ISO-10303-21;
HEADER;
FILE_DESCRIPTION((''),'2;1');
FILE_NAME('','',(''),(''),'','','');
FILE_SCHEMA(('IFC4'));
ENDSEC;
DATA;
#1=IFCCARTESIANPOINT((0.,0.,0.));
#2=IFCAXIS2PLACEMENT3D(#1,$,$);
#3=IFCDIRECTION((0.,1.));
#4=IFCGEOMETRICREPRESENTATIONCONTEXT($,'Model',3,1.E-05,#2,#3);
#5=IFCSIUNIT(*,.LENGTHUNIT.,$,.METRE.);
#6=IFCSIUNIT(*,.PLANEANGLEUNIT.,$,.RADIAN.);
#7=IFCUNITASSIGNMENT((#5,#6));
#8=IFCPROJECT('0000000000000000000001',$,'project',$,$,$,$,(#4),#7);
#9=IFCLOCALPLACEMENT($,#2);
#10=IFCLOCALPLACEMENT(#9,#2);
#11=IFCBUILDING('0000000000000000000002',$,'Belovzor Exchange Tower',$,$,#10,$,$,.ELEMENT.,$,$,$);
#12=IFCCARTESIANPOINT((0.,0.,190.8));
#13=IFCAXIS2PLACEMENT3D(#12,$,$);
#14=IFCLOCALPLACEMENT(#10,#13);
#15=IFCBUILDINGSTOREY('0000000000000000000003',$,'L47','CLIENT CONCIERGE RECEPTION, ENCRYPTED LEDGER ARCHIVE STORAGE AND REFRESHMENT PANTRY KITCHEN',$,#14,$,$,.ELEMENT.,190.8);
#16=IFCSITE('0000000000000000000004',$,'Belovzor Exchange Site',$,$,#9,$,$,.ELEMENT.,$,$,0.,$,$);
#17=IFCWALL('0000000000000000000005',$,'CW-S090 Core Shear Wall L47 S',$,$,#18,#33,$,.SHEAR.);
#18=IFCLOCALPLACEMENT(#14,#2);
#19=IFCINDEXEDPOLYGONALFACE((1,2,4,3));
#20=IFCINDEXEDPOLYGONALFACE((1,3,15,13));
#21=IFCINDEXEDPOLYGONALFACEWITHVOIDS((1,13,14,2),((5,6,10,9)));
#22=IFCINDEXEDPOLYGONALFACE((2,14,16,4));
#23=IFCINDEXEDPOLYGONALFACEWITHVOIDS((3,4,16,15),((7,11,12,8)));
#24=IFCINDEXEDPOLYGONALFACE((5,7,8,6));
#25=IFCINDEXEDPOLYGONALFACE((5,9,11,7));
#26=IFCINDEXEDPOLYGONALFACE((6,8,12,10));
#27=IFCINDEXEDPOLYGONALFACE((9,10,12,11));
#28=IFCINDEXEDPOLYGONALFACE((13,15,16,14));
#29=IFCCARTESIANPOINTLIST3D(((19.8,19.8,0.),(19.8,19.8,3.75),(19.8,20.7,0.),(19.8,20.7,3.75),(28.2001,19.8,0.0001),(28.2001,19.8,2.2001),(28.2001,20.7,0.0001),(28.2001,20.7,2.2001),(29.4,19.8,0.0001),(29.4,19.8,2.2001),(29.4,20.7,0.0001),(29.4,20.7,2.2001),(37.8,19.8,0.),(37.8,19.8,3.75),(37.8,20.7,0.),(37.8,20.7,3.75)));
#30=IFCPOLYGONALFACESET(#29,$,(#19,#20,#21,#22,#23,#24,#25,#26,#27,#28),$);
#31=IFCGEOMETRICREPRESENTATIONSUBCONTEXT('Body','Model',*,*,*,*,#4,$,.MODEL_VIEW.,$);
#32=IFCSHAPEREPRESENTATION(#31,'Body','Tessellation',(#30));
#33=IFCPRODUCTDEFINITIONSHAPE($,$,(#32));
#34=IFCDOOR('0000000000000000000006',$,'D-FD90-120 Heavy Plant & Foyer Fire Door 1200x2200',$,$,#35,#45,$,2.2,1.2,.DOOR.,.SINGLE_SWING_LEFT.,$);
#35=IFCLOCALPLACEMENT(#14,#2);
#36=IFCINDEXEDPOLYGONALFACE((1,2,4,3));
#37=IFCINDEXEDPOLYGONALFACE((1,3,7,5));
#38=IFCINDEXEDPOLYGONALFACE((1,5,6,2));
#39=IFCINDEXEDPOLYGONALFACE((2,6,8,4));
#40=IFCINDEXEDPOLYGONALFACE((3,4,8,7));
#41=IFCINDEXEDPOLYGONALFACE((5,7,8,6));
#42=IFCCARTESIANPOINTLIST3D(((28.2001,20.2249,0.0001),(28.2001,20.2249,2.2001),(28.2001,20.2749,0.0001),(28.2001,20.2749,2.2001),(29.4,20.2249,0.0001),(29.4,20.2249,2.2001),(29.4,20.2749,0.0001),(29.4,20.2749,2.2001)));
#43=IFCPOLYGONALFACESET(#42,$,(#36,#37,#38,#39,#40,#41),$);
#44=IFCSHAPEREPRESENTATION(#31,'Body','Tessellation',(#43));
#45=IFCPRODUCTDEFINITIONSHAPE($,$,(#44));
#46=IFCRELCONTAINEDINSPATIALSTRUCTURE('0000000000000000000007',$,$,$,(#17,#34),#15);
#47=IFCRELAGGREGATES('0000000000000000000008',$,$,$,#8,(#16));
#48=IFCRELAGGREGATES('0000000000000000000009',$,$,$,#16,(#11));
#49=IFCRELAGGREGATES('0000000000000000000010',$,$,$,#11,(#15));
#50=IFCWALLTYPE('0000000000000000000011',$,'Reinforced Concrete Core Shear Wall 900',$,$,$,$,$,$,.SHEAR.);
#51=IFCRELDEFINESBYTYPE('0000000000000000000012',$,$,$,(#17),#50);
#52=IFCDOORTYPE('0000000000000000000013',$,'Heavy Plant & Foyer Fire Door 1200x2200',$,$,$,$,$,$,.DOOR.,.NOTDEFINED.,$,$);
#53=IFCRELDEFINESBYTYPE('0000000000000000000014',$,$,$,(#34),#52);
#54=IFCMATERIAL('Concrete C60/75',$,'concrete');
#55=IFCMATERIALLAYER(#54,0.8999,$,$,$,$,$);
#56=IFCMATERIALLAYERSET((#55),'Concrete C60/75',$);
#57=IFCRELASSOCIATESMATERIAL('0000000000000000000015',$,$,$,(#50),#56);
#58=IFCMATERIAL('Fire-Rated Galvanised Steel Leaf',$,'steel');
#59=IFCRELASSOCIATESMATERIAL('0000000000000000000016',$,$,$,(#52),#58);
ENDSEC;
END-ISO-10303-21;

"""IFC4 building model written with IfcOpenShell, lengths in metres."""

from ifc_helpers import new_model, si_unit, direction, frame, frame_2d, origin, place, context, subcontext, project, spatial, rectangle, extrude, material, layer, layer_set, type_object, element, fill, save


model = new_model("IFC4")

# Units and contexts
model_context = context("Model", 3, precision=1e-05, world=origin(), true_north=direction((0.0, 1.0)))
body_context = subcontext(model_context, "Body", "Model", "MODEL_VIEW")
ifc_project = project(units=[si_unit("LENGTHUNIT", "METRE"), si_unit("PLANEANGLEUNIT", "RADIAN")], contexts=[model_context])

# Site, building, storey
site_placement = place(None, origin())
site = spatial("IfcSite", under=ifc_project, at=site_placement, Name="Belovzor Exchange Site", CompositionType="ELEMENT", RefElevation=0.0)
building_placement = place(site_placement, origin())
building = spatial("IfcBuilding", under=site, at=building_placement, Name="Belovzor Exchange Tower", CompositionType="ELEMENT")
storey_placement = place(building_placement, frame((0.0, 0.0, 190.8)))
storey = spatial("IfcBuildingStorey", under=building, at=storey_placement, Name="L47", Description="CLIENT CONCIERGE RECEPTION, ENCRYPTED LEDGER ARCHIVE STORAGE AND REFRESHMENT PANTRY KITCHEN", CompositionType="ELEMENT", Elevation=190.8)

# Wall, opening, door
ifc_material_1 = material(Name="Concrete C60/75", Category="concrete")
ifc_layer_1 = layer(ifc_material_1, 0.8999)
ifc_layer_set_1 = layer_set([ifc_layer_1], Name="Concrete C60/75")
wall_type_1 = type_object("IfcWallType", Name="Reinforced Concrete Core Shear Wall 900", PredefinedType="SHEAR", material=ifc_layer_set_1)
wall_1_placement = place(storey_placement, frame((19.8, 20.25, 0.0), z_axis=(0.0, 0.0, 1.0), x_axis=(1.0, 0.0, 0.0)))
wall_1 = element("IfcWall", 1, at=wall_1_placement, inside=storey, type_object=wall_type_1, Name="CW-S090 Core Shear Wall L47 S", PredefinedType="SHEAR", context=body_context, shape_type="SweptSolid", body=[
    extrude(rectangle(XDim=18.0, YDim=0.8999, at=frame_2d((9.0, 0.0))), origin(), (0.0, 0.0, 1.0), 3.75),
])
opening_1_placement = place(wall_1_placement, frame((8.3999, 0.0, 0.0)))
opening_1 = element("IfcOpeningElement", 2, at=opening_1_placement, cuts=wall_1, PredefinedType="OPENING", context=body_context, shape_type="SweptSolid", body=[
    extrude(rectangle(XDim=1.2, YDim=2.2, at=frame_2d((0.6001, 1.1001))), frame((0.0, 0.46, 0.0), z_axis=(0.0, -1.0, 0.0), x_axis=(1.0, 0.0, 0.0)), (0.0, 0.0, 1.0), 0.9199),
])
ifc_material_2 = material(Name="Fire-Rated Galvanised Steel Leaf", Category="steel")
door_type_1 = type_object("IfcDoorType", Name="Heavy Plant & Foyer Fire Door 1200x2200", OperationType="NOTDEFINED", PredefinedType="DOOR", material=ifc_material_2)
door_1_placement = place(opening_1_placement, origin())
door_1 = element("IfcDoor", 3, at=door_1_placement, inside=storey, type_object=door_type_1, Name="D-FD90-120 Heavy Plant & Foyer Fire Door 1200x2200", OperationType="SINGLE_SWING_LEFT", OverallHeight=2.2, OverallWidth=1.2, PredefinedType="DOOR", context=body_context, shape_type="SweptSolid", body=[
    extrude(rectangle(XDim=1.2, YDim=2.2, at=frame_2d((0.6001, 1.1001))), frame((0.0, 0.0249, 0.0), z_axis=(0.0, -1.0, 0.0), x_axis=(1.0, 0.0, 0.0)), (0.0, 0.0, 1.0), 0.05),
])
fill(opening_1, door_1)

save(model, "model.ifc")
